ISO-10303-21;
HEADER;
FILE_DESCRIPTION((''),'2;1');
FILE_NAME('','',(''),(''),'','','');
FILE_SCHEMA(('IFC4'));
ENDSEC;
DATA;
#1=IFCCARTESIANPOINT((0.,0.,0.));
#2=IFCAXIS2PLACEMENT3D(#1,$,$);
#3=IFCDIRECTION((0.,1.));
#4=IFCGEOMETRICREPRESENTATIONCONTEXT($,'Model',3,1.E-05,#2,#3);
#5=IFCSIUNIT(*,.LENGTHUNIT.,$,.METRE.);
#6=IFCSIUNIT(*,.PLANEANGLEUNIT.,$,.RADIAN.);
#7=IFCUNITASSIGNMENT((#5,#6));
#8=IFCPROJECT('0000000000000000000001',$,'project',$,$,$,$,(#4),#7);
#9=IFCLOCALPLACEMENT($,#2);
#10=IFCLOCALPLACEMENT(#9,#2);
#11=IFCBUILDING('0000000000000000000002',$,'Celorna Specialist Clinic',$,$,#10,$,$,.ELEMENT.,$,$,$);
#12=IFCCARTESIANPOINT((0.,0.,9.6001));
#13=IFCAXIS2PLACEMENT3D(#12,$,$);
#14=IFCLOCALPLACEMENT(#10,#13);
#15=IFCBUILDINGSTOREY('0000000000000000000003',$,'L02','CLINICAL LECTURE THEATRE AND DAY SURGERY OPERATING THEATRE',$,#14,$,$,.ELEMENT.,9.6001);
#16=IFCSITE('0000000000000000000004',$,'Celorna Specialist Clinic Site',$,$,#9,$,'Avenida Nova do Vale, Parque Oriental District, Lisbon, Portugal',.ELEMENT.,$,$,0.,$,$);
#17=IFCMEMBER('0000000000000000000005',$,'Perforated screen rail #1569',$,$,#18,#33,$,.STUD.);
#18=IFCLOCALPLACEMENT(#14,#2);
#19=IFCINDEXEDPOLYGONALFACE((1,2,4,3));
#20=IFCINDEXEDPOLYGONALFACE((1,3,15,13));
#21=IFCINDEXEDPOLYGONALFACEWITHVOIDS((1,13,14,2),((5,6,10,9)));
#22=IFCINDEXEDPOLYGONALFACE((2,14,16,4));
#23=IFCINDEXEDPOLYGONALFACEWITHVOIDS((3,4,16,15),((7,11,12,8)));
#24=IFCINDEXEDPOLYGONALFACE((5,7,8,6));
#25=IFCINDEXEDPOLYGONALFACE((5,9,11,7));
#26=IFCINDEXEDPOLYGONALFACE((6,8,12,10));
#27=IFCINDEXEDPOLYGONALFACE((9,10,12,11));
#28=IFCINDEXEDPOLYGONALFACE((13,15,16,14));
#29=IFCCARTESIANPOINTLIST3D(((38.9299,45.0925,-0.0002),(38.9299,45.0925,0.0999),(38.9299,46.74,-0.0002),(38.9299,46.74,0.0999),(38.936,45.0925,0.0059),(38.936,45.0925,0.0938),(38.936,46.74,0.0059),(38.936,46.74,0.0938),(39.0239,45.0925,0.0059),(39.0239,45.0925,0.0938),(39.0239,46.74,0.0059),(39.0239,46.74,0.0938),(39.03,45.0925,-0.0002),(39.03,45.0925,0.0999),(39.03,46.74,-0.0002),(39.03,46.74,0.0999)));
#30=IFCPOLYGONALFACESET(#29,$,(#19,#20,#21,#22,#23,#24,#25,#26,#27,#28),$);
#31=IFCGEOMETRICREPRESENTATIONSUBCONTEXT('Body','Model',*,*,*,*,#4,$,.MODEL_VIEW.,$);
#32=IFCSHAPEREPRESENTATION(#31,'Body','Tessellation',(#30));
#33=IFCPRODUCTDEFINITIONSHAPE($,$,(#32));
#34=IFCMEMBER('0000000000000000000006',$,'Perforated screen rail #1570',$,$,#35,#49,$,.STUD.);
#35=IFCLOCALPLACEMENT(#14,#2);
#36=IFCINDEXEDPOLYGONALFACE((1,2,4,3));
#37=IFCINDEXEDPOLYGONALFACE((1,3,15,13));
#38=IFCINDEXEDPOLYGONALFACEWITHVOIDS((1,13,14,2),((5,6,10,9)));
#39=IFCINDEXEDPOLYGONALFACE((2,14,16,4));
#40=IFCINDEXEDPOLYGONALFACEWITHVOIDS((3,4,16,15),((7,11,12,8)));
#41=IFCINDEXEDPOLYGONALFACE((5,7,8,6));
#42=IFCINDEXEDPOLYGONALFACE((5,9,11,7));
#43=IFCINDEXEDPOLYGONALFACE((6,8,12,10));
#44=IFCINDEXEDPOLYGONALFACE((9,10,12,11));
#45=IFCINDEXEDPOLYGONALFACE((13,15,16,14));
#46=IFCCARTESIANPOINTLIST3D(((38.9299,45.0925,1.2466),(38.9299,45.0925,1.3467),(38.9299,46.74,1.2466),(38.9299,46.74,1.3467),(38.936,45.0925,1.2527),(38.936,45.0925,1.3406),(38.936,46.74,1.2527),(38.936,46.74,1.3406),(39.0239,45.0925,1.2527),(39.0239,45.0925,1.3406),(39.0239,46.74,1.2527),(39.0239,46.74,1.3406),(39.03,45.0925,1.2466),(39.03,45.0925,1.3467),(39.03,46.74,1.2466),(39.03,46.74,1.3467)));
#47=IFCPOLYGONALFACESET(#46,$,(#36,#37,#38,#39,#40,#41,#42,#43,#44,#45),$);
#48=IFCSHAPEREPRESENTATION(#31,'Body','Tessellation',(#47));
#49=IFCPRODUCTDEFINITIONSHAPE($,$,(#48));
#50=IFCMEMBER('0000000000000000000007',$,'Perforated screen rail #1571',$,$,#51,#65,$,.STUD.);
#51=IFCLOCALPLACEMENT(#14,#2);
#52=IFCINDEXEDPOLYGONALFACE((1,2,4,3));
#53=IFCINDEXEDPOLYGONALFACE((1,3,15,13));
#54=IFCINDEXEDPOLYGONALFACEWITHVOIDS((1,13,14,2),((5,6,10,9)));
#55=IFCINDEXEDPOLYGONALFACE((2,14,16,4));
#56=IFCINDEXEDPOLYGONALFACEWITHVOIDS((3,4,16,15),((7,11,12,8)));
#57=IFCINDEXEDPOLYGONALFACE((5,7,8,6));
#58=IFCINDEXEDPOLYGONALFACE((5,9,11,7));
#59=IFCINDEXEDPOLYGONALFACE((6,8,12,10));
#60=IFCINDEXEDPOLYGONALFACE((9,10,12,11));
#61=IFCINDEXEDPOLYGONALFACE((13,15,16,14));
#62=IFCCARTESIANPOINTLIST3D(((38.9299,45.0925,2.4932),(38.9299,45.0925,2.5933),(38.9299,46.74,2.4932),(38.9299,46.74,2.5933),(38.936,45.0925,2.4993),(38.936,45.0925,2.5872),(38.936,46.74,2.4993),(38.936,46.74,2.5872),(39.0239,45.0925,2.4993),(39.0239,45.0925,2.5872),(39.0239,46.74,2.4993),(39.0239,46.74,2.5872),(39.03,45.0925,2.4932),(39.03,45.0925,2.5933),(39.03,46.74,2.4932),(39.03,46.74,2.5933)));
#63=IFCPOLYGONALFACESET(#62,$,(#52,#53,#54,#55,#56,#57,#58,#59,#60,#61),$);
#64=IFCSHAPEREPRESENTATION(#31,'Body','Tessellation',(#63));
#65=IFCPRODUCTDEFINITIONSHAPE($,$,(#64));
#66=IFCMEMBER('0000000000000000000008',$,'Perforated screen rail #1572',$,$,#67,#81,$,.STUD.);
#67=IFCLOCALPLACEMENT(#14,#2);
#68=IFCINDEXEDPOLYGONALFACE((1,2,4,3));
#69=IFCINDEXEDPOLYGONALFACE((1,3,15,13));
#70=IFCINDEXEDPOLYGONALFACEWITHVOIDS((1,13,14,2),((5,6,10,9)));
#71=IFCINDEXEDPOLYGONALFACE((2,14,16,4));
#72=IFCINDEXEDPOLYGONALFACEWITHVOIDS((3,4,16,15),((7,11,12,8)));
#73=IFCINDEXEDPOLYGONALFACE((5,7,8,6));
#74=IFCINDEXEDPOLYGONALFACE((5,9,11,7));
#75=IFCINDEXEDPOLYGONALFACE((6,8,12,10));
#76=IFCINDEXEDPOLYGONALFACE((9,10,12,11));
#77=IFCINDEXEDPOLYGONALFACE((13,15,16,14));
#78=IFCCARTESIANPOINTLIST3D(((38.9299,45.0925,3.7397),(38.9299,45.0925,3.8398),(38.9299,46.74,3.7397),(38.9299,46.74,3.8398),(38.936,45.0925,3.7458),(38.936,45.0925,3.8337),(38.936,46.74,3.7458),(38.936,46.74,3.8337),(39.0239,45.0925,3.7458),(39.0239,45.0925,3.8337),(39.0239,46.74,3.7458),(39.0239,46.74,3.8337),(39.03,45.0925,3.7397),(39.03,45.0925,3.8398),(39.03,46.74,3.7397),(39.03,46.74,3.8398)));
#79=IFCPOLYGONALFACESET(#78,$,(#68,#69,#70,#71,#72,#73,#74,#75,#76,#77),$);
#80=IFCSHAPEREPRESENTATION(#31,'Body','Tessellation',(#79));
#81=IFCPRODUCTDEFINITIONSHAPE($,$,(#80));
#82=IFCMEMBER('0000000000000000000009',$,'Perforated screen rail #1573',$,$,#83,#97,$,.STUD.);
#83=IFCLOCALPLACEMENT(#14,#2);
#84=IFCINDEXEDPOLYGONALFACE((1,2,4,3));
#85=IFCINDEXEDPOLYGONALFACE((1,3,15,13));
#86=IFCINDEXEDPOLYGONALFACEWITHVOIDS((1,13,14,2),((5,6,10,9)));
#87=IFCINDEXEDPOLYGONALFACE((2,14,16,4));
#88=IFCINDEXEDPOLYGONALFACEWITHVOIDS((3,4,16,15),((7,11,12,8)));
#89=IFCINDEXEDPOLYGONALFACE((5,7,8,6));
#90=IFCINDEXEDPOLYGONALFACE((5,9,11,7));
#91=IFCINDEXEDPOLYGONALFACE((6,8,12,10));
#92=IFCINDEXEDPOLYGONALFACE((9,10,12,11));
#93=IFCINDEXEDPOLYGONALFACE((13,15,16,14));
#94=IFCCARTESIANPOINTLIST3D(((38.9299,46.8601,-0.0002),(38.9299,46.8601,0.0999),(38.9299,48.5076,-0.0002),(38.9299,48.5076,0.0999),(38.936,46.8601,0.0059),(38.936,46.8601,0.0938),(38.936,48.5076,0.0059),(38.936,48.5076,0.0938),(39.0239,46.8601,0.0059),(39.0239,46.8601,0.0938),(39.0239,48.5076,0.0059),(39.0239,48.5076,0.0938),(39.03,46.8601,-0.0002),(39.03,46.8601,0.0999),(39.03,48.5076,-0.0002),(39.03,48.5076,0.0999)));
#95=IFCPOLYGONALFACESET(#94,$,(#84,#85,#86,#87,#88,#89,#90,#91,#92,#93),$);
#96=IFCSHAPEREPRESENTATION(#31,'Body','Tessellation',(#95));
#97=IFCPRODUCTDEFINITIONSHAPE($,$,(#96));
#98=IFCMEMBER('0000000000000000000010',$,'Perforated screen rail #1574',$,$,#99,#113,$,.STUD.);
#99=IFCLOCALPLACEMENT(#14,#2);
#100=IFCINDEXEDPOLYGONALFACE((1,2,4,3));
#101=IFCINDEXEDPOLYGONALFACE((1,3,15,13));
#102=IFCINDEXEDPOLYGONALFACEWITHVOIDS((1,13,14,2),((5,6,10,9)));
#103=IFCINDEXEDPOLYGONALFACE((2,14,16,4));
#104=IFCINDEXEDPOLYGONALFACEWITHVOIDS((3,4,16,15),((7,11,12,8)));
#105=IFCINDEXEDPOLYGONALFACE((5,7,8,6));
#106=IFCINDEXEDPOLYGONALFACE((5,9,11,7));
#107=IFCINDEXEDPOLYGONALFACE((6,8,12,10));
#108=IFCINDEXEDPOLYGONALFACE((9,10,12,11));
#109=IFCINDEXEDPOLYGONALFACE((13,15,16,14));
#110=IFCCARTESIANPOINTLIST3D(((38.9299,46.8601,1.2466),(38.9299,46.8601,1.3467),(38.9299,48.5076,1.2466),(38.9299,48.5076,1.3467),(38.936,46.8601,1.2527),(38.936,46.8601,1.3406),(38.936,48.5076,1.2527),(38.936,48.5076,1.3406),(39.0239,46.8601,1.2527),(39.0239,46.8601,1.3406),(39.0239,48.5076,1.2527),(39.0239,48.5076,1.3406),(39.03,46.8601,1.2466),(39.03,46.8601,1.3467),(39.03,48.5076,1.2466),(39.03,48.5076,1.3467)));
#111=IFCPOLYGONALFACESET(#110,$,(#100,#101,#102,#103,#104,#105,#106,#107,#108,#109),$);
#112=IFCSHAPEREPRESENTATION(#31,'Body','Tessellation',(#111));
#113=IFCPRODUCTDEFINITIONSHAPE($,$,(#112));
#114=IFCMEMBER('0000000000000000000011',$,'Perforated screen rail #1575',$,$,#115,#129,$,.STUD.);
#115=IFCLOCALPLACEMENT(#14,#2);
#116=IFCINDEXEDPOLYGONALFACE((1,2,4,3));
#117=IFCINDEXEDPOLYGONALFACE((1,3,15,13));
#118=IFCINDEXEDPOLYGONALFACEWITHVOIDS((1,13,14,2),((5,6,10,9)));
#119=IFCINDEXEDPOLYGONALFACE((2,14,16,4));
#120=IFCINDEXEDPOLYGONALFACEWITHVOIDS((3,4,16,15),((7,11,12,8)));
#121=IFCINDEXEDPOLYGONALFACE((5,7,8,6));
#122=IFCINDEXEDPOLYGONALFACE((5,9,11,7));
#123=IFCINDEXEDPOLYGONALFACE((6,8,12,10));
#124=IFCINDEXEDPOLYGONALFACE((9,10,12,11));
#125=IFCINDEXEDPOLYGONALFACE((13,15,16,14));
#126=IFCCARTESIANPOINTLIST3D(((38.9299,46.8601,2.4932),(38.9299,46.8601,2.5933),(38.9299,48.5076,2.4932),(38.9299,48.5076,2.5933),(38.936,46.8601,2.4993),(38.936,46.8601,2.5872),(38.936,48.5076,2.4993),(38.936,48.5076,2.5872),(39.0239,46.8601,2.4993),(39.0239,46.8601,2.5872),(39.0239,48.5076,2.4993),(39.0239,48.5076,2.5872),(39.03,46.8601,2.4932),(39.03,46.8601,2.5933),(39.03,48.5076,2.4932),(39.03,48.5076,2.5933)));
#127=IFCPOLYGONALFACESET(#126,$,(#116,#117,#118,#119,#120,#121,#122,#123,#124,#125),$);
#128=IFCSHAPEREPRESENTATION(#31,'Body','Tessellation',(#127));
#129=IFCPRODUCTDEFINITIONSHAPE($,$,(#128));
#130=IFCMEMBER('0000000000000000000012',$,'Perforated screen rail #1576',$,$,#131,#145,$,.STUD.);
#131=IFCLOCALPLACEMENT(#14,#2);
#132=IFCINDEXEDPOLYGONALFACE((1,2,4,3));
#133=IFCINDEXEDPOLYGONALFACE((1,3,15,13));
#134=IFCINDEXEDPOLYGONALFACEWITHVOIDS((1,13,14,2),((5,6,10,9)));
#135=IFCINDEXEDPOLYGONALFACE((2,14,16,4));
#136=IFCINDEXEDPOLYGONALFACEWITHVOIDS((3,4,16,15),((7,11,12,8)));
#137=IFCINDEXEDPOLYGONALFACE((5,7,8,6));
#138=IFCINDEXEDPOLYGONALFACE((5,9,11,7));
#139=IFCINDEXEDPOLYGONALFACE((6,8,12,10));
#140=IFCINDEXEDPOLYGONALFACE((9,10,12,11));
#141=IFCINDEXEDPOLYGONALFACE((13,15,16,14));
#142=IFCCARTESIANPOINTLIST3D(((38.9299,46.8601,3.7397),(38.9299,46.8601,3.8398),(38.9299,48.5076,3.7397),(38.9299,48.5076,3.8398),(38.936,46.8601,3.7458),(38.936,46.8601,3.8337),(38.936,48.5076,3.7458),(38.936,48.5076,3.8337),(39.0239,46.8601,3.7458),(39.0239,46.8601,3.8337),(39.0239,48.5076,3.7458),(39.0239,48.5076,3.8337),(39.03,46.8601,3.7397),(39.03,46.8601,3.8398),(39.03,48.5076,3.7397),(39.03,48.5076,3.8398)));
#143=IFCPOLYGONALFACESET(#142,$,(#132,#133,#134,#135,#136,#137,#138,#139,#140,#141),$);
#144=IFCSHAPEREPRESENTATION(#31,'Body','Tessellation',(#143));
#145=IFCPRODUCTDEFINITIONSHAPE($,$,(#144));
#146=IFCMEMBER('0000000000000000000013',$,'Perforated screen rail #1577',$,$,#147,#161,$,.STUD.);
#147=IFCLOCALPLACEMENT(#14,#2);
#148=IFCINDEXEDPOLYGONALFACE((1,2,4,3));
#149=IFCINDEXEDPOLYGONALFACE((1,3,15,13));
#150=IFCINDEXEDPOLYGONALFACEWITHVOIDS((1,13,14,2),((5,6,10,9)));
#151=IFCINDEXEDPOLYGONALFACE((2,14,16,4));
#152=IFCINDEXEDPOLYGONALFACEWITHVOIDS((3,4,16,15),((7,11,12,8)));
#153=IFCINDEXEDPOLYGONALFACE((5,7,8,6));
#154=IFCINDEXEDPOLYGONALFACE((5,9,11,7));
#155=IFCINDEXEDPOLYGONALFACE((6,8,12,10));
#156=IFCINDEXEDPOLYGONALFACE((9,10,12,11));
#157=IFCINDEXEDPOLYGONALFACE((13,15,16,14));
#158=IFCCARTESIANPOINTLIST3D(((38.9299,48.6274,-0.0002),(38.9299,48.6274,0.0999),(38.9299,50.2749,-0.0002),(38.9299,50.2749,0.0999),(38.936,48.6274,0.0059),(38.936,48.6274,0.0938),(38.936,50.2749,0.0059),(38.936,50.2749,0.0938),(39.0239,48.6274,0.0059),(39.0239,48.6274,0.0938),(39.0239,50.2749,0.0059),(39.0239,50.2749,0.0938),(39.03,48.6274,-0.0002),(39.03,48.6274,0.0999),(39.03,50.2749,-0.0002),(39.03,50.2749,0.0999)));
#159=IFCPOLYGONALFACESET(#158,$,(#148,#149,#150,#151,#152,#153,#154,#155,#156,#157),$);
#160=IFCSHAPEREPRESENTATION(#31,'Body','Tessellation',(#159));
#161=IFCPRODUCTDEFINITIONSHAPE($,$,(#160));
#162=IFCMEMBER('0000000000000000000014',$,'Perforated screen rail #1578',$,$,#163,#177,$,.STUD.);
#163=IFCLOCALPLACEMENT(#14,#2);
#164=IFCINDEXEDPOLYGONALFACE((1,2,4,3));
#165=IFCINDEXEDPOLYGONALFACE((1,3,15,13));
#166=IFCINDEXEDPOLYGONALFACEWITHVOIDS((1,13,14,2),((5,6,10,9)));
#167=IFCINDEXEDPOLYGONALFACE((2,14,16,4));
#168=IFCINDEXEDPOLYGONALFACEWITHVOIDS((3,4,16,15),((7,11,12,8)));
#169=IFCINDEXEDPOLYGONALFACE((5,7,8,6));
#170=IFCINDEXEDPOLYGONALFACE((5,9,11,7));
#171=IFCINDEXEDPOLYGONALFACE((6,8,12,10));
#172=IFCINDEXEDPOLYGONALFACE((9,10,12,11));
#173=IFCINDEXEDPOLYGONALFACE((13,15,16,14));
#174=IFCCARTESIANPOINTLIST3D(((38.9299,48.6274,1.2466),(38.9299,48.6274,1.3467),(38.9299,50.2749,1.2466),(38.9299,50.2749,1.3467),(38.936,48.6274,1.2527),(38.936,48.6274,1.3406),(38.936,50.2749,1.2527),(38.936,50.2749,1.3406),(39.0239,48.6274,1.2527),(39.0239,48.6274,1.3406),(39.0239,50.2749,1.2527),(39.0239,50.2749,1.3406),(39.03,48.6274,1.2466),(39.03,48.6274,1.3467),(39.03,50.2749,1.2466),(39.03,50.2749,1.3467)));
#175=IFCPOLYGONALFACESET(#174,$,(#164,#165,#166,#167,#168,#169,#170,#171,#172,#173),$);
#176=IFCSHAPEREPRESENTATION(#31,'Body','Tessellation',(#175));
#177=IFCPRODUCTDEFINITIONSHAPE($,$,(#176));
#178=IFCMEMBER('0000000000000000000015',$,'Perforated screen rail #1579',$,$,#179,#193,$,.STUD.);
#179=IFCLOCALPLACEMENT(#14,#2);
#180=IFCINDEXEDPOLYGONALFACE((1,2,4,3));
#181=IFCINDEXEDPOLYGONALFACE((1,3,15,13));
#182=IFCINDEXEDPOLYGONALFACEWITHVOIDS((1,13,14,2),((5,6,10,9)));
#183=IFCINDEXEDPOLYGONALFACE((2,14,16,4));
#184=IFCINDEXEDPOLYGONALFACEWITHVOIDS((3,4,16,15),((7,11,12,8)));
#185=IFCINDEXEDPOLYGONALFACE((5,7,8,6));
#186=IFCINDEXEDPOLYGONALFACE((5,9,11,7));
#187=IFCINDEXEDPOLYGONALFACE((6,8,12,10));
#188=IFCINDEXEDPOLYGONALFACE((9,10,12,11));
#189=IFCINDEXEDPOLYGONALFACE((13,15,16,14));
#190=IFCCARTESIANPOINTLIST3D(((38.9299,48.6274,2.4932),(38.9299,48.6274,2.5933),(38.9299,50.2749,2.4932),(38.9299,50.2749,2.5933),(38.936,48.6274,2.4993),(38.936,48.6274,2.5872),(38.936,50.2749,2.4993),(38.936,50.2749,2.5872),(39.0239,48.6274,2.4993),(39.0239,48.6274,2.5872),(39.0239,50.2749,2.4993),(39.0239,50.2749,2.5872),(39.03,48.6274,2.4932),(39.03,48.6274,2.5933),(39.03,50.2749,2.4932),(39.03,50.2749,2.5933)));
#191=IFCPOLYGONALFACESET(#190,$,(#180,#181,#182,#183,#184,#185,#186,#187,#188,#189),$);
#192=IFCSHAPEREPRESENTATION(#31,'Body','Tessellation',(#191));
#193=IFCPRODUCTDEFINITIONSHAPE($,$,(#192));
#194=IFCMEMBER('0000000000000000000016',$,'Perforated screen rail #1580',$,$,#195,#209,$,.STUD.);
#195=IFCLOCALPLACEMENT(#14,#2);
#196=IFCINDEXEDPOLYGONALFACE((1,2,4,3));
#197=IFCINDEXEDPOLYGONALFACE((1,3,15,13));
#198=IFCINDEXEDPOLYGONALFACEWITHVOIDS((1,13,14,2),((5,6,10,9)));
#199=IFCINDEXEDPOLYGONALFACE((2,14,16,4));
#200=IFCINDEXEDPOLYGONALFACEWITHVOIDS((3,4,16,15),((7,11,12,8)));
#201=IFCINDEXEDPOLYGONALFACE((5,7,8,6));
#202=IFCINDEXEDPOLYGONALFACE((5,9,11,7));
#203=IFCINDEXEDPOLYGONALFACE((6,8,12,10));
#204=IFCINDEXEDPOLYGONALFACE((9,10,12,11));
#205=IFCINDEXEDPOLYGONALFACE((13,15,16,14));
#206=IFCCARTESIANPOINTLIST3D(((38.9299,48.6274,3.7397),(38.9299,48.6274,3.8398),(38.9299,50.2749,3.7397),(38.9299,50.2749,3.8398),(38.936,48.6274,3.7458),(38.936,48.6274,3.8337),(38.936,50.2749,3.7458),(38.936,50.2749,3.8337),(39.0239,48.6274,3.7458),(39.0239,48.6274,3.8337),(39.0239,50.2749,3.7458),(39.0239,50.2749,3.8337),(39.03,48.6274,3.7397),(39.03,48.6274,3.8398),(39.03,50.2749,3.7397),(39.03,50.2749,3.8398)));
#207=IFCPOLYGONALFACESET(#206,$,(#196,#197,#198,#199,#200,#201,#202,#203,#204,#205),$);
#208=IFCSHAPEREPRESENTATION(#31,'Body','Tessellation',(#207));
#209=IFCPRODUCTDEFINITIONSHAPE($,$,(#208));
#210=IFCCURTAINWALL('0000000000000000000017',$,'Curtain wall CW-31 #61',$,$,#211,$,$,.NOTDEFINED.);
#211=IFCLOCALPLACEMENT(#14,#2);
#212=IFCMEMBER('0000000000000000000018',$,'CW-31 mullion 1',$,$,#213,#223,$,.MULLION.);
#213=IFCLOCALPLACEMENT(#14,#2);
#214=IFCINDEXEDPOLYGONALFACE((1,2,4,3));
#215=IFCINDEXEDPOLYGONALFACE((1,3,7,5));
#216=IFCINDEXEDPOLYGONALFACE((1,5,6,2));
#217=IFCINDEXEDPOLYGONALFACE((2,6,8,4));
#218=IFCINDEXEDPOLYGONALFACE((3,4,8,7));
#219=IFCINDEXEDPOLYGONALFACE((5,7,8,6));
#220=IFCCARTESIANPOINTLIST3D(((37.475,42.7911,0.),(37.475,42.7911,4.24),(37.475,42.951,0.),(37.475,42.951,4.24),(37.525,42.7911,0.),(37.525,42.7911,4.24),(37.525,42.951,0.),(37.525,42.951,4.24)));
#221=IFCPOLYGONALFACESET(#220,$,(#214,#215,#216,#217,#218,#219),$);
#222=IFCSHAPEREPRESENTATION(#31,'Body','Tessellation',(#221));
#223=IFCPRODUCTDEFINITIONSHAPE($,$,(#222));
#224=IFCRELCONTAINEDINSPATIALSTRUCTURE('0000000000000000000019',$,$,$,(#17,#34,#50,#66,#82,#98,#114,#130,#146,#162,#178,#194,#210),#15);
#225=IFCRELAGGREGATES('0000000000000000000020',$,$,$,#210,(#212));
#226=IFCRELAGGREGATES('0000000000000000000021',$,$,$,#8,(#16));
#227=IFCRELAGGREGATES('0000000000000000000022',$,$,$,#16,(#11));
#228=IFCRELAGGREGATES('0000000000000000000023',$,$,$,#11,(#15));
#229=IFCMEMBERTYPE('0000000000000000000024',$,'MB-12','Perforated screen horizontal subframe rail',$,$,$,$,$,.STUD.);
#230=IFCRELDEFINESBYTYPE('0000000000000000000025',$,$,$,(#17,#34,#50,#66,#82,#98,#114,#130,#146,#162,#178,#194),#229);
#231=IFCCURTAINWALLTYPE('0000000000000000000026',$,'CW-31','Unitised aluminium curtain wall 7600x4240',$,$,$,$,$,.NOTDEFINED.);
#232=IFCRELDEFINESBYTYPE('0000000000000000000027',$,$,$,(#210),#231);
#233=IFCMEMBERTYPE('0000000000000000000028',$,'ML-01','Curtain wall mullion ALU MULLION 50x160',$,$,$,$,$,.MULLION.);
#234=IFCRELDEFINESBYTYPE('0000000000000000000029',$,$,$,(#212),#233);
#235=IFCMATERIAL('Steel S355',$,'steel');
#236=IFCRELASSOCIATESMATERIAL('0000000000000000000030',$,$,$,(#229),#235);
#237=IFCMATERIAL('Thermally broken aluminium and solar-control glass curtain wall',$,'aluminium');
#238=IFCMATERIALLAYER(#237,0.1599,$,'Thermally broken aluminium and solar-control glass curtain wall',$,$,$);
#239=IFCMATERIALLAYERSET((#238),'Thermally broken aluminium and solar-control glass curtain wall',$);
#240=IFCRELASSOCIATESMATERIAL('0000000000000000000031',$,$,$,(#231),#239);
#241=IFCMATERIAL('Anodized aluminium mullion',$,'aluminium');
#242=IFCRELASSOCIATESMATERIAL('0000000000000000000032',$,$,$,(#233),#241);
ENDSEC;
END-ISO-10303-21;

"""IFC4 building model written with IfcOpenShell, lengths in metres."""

from ifc_helpers import new_model, si_unit, direction, frame, origin, origin_2d, place, context, subcontext, project, spatial, rectangle, hollow_rectangle, extrude, material, layer, layer_set, material_profile, profile_set, type_object, element, aggregate, save


model = new_model("IFC4")

# Units and contexts
model_context = context("Model", 3, precision=1e-05, world=origin(), true_north=direction((0.0, 1.0)))
body_context = subcontext(model_context, "Body", "Model", "MODEL_VIEW")
ifc_project = project(units=[si_unit("LENGTHUNIT", "METRE"), si_unit("PLANEANGLEUNIT", "RADIAN")], contexts=[model_context])

# Site, building, storey
site_placement = place(None, origin())
site = spatial("IfcSite", under=ifc_project, at=site_placement, Name="Celorna Specialist Clinic Site", LongName="Avenida Nova do Vale, Parque Oriental District, Lisbon, Portugal", CompositionType="ELEMENT", RefElevation=0.0)
building_placement = place(site_placement, origin())
building = spatial("IfcBuilding", under=site, at=building_placement, Name="Celorna Specialist Clinic", CompositionType="ELEMENT")
storey_placement = place(building_placement, frame((0.0, 0.0, 9.6001)))
storey = spatial("IfcBuildingStorey", under=building, at=storey_placement, Name="L02", Description="CLINICAL LECTURE THEATRE AND DAY SURGERY OPERATING THEATRE", CompositionType="ELEMENT", Elevation=9.6001)

# Shared definitions
ifc_material_1 = material(Name="Steel S355", Category="steel")

# Members
ifc_material_profile_1 = material_profile(ifc_material_1, hollow_rectangle(XDim=0.1001, YDim=0.1001, WallThickness=0.0061, at=origin_2d()), Name="SHS 100x100x6")
ifc_profile_set_1 = profile_set([ifc_material_profile_1], Name="Steel S355")
member_type_1 = type_object("IfcMemberType", Name="MB-12", Description="Perforated screen horizontal subframe rail", PredefinedType="STUD", material=ifc_profile_set_1)
for number, where, z_axis, x_axis, name in (
    (1, (38.98, 45.0925, 0.0498), (0.0, 1.0, 0.0), (-1.0, 0.0, 0.0), "Perforated screen rail #1569"),
    (2, (38.98, 45.0925, 1.2966), (0.0, 1.0, 0.0), (-1.0, 0.0, 0.0), "Perforated screen rail #1570"),
    (3, (38.98, 45.0925, 2.5432), (0.0, 1.0, 0.0), (-1.0, 0.0, 0.0), "Perforated screen rail #1571"),
    (4, (38.98, 45.0925, 3.7898), (0.0, 1.0, 0.0), (-1.0, 0.0, 0.0), "Perforated screen rail #1572"),
    (5, (38.98, 46.8601, 0.0498), (0.0, 1.0, 0.0), (-1.0, 0.0, 0.0), "Perforated screen rail #1573"),
    (6, (38.98, 46.8601, 1.2966), (0.0, 1.0, 0.0), (-1.0, 0.0, 0.0), "Perforated screen rail #1574"),
    (7, (38.98, 46.8601, 2.5432), (0.0, 1.0, 0.0), (-1.0, 0.0, 0.0), "Perforated screen rail #1575"),
    (8, (38.98, 46.8601, 3.7898), (0.0, 1.0, 0.0), (-1.0, 0.0, 0.0), "Perforated screen rail #1576"),
    (9, (38.98, 48.6274, 0.0498), (0.0, 1.0, 0.0), (-1.0, 0.0, 0.0), "Perforated screen rail #1577"),
    (10, (38.98, 48.6274, 1.2966), (0.0, 1.0, 0.0), (-1.0, 0.0, 0.0), "Perforated screen rail #1578"),
    (11, (38.98, 48.6274, 2.5432), (0.0, 1.0, 0.0), (-1.0, 0.0, 0.0), "Perforated screen rail #1579"),
    (12, (38.98, 48.6274, 3.7898), (0.0, 1.0, 0.0), (-1.0, 0.0, 0.0), "Perforated screen rail #1580"),
):
    element("IfcMember", number, at=place(storey_placement, frame(where, z_axis=z_axis, x_axis=x_axis)), inside=storey, type_object=member_type_1, Name=name, PredefinedType="STUD", context=body_context, shape_type="SweptSolid", body=[
        extrude(hollow_rectangle(XDim=0.1001, YDim=0.1001, WallThickness=0.0061, at=origin_2d()), origin(), (0.0, 0.0, 1.0), 1.6475),
    ])

# Curtain wall, member
ifc_material_2 = material(Name="Thermally broken aluminium and solar-control glass curtain wall", Category="aluminium")
ifc_layer_1 = layer(ifc_material_2, 0.1599, Name="Thermally broken aluminium and solar-control glass curtain wall")
ifc_layer_set_1 = layer_set([ifc_layer_1], Name="Thermally broken aluminium and solar-control glass curtain wall")
curtain_wall_type_1 = type_object("IfcCurtainWallType", Name="CW-31", Description="Unitised aluminium curtain wall 7600x4240", PredefinedType="NOTDEFINED", material=ifc_layer_set_1)
curtain_wall_1_placement = place(storey_placement, origin())
curtain_wall_1 = element("IfcCurtainWall", 13, at=curtain_wall_1_placement, inside=storey, type_object=curtain_wall_type_1, Name="Curtain wall CW-31 #61", PredefinedType="NOTDEFINED")
ifc_material_3 = material(Name="Anodized aluminium mullion", Category="aluminium")
ifc_material_profile_2 = material_profile(ifc_material_3, rectangle(XDim=0.05, YDim=0.1599, at=origin_2d()), Name="ALU MULLION 50x160")
ifc_profile_set_2 = profile_set([ifc_material_profile_2], Name="Anodized aluminium mullion")
member_type_2 = type_object("IfcMemberType", Name="ML-01", Description="Curtain wall mullion ALU MULLION 50x160", PredefinedType="MULLION", material=ifc_profile_set_2)
member_1_placement = place(storey_placement, frame((37.5, 42.8711, 0.0), z_axis=(0.0, 0.0, 1.0), x_axis=(1.0, 0.0, 0.0)))
member_1 = element("IfcMember", 14, at=member_1_placement, type_object=member_type_2, Name="CW-31 mullion 1", PredefinedType="MULLION", context=body_context, shape_type="SweptSolid", body=[
    extrude(rectangle(XDim=0.05, YDim=0.1599, at=origin_2d()), origin(), (0.0, 0.0, 1.0), 4.24),
])
aggregate(curtain_wall_1, [member_1])

save(model, "model.ifc")
